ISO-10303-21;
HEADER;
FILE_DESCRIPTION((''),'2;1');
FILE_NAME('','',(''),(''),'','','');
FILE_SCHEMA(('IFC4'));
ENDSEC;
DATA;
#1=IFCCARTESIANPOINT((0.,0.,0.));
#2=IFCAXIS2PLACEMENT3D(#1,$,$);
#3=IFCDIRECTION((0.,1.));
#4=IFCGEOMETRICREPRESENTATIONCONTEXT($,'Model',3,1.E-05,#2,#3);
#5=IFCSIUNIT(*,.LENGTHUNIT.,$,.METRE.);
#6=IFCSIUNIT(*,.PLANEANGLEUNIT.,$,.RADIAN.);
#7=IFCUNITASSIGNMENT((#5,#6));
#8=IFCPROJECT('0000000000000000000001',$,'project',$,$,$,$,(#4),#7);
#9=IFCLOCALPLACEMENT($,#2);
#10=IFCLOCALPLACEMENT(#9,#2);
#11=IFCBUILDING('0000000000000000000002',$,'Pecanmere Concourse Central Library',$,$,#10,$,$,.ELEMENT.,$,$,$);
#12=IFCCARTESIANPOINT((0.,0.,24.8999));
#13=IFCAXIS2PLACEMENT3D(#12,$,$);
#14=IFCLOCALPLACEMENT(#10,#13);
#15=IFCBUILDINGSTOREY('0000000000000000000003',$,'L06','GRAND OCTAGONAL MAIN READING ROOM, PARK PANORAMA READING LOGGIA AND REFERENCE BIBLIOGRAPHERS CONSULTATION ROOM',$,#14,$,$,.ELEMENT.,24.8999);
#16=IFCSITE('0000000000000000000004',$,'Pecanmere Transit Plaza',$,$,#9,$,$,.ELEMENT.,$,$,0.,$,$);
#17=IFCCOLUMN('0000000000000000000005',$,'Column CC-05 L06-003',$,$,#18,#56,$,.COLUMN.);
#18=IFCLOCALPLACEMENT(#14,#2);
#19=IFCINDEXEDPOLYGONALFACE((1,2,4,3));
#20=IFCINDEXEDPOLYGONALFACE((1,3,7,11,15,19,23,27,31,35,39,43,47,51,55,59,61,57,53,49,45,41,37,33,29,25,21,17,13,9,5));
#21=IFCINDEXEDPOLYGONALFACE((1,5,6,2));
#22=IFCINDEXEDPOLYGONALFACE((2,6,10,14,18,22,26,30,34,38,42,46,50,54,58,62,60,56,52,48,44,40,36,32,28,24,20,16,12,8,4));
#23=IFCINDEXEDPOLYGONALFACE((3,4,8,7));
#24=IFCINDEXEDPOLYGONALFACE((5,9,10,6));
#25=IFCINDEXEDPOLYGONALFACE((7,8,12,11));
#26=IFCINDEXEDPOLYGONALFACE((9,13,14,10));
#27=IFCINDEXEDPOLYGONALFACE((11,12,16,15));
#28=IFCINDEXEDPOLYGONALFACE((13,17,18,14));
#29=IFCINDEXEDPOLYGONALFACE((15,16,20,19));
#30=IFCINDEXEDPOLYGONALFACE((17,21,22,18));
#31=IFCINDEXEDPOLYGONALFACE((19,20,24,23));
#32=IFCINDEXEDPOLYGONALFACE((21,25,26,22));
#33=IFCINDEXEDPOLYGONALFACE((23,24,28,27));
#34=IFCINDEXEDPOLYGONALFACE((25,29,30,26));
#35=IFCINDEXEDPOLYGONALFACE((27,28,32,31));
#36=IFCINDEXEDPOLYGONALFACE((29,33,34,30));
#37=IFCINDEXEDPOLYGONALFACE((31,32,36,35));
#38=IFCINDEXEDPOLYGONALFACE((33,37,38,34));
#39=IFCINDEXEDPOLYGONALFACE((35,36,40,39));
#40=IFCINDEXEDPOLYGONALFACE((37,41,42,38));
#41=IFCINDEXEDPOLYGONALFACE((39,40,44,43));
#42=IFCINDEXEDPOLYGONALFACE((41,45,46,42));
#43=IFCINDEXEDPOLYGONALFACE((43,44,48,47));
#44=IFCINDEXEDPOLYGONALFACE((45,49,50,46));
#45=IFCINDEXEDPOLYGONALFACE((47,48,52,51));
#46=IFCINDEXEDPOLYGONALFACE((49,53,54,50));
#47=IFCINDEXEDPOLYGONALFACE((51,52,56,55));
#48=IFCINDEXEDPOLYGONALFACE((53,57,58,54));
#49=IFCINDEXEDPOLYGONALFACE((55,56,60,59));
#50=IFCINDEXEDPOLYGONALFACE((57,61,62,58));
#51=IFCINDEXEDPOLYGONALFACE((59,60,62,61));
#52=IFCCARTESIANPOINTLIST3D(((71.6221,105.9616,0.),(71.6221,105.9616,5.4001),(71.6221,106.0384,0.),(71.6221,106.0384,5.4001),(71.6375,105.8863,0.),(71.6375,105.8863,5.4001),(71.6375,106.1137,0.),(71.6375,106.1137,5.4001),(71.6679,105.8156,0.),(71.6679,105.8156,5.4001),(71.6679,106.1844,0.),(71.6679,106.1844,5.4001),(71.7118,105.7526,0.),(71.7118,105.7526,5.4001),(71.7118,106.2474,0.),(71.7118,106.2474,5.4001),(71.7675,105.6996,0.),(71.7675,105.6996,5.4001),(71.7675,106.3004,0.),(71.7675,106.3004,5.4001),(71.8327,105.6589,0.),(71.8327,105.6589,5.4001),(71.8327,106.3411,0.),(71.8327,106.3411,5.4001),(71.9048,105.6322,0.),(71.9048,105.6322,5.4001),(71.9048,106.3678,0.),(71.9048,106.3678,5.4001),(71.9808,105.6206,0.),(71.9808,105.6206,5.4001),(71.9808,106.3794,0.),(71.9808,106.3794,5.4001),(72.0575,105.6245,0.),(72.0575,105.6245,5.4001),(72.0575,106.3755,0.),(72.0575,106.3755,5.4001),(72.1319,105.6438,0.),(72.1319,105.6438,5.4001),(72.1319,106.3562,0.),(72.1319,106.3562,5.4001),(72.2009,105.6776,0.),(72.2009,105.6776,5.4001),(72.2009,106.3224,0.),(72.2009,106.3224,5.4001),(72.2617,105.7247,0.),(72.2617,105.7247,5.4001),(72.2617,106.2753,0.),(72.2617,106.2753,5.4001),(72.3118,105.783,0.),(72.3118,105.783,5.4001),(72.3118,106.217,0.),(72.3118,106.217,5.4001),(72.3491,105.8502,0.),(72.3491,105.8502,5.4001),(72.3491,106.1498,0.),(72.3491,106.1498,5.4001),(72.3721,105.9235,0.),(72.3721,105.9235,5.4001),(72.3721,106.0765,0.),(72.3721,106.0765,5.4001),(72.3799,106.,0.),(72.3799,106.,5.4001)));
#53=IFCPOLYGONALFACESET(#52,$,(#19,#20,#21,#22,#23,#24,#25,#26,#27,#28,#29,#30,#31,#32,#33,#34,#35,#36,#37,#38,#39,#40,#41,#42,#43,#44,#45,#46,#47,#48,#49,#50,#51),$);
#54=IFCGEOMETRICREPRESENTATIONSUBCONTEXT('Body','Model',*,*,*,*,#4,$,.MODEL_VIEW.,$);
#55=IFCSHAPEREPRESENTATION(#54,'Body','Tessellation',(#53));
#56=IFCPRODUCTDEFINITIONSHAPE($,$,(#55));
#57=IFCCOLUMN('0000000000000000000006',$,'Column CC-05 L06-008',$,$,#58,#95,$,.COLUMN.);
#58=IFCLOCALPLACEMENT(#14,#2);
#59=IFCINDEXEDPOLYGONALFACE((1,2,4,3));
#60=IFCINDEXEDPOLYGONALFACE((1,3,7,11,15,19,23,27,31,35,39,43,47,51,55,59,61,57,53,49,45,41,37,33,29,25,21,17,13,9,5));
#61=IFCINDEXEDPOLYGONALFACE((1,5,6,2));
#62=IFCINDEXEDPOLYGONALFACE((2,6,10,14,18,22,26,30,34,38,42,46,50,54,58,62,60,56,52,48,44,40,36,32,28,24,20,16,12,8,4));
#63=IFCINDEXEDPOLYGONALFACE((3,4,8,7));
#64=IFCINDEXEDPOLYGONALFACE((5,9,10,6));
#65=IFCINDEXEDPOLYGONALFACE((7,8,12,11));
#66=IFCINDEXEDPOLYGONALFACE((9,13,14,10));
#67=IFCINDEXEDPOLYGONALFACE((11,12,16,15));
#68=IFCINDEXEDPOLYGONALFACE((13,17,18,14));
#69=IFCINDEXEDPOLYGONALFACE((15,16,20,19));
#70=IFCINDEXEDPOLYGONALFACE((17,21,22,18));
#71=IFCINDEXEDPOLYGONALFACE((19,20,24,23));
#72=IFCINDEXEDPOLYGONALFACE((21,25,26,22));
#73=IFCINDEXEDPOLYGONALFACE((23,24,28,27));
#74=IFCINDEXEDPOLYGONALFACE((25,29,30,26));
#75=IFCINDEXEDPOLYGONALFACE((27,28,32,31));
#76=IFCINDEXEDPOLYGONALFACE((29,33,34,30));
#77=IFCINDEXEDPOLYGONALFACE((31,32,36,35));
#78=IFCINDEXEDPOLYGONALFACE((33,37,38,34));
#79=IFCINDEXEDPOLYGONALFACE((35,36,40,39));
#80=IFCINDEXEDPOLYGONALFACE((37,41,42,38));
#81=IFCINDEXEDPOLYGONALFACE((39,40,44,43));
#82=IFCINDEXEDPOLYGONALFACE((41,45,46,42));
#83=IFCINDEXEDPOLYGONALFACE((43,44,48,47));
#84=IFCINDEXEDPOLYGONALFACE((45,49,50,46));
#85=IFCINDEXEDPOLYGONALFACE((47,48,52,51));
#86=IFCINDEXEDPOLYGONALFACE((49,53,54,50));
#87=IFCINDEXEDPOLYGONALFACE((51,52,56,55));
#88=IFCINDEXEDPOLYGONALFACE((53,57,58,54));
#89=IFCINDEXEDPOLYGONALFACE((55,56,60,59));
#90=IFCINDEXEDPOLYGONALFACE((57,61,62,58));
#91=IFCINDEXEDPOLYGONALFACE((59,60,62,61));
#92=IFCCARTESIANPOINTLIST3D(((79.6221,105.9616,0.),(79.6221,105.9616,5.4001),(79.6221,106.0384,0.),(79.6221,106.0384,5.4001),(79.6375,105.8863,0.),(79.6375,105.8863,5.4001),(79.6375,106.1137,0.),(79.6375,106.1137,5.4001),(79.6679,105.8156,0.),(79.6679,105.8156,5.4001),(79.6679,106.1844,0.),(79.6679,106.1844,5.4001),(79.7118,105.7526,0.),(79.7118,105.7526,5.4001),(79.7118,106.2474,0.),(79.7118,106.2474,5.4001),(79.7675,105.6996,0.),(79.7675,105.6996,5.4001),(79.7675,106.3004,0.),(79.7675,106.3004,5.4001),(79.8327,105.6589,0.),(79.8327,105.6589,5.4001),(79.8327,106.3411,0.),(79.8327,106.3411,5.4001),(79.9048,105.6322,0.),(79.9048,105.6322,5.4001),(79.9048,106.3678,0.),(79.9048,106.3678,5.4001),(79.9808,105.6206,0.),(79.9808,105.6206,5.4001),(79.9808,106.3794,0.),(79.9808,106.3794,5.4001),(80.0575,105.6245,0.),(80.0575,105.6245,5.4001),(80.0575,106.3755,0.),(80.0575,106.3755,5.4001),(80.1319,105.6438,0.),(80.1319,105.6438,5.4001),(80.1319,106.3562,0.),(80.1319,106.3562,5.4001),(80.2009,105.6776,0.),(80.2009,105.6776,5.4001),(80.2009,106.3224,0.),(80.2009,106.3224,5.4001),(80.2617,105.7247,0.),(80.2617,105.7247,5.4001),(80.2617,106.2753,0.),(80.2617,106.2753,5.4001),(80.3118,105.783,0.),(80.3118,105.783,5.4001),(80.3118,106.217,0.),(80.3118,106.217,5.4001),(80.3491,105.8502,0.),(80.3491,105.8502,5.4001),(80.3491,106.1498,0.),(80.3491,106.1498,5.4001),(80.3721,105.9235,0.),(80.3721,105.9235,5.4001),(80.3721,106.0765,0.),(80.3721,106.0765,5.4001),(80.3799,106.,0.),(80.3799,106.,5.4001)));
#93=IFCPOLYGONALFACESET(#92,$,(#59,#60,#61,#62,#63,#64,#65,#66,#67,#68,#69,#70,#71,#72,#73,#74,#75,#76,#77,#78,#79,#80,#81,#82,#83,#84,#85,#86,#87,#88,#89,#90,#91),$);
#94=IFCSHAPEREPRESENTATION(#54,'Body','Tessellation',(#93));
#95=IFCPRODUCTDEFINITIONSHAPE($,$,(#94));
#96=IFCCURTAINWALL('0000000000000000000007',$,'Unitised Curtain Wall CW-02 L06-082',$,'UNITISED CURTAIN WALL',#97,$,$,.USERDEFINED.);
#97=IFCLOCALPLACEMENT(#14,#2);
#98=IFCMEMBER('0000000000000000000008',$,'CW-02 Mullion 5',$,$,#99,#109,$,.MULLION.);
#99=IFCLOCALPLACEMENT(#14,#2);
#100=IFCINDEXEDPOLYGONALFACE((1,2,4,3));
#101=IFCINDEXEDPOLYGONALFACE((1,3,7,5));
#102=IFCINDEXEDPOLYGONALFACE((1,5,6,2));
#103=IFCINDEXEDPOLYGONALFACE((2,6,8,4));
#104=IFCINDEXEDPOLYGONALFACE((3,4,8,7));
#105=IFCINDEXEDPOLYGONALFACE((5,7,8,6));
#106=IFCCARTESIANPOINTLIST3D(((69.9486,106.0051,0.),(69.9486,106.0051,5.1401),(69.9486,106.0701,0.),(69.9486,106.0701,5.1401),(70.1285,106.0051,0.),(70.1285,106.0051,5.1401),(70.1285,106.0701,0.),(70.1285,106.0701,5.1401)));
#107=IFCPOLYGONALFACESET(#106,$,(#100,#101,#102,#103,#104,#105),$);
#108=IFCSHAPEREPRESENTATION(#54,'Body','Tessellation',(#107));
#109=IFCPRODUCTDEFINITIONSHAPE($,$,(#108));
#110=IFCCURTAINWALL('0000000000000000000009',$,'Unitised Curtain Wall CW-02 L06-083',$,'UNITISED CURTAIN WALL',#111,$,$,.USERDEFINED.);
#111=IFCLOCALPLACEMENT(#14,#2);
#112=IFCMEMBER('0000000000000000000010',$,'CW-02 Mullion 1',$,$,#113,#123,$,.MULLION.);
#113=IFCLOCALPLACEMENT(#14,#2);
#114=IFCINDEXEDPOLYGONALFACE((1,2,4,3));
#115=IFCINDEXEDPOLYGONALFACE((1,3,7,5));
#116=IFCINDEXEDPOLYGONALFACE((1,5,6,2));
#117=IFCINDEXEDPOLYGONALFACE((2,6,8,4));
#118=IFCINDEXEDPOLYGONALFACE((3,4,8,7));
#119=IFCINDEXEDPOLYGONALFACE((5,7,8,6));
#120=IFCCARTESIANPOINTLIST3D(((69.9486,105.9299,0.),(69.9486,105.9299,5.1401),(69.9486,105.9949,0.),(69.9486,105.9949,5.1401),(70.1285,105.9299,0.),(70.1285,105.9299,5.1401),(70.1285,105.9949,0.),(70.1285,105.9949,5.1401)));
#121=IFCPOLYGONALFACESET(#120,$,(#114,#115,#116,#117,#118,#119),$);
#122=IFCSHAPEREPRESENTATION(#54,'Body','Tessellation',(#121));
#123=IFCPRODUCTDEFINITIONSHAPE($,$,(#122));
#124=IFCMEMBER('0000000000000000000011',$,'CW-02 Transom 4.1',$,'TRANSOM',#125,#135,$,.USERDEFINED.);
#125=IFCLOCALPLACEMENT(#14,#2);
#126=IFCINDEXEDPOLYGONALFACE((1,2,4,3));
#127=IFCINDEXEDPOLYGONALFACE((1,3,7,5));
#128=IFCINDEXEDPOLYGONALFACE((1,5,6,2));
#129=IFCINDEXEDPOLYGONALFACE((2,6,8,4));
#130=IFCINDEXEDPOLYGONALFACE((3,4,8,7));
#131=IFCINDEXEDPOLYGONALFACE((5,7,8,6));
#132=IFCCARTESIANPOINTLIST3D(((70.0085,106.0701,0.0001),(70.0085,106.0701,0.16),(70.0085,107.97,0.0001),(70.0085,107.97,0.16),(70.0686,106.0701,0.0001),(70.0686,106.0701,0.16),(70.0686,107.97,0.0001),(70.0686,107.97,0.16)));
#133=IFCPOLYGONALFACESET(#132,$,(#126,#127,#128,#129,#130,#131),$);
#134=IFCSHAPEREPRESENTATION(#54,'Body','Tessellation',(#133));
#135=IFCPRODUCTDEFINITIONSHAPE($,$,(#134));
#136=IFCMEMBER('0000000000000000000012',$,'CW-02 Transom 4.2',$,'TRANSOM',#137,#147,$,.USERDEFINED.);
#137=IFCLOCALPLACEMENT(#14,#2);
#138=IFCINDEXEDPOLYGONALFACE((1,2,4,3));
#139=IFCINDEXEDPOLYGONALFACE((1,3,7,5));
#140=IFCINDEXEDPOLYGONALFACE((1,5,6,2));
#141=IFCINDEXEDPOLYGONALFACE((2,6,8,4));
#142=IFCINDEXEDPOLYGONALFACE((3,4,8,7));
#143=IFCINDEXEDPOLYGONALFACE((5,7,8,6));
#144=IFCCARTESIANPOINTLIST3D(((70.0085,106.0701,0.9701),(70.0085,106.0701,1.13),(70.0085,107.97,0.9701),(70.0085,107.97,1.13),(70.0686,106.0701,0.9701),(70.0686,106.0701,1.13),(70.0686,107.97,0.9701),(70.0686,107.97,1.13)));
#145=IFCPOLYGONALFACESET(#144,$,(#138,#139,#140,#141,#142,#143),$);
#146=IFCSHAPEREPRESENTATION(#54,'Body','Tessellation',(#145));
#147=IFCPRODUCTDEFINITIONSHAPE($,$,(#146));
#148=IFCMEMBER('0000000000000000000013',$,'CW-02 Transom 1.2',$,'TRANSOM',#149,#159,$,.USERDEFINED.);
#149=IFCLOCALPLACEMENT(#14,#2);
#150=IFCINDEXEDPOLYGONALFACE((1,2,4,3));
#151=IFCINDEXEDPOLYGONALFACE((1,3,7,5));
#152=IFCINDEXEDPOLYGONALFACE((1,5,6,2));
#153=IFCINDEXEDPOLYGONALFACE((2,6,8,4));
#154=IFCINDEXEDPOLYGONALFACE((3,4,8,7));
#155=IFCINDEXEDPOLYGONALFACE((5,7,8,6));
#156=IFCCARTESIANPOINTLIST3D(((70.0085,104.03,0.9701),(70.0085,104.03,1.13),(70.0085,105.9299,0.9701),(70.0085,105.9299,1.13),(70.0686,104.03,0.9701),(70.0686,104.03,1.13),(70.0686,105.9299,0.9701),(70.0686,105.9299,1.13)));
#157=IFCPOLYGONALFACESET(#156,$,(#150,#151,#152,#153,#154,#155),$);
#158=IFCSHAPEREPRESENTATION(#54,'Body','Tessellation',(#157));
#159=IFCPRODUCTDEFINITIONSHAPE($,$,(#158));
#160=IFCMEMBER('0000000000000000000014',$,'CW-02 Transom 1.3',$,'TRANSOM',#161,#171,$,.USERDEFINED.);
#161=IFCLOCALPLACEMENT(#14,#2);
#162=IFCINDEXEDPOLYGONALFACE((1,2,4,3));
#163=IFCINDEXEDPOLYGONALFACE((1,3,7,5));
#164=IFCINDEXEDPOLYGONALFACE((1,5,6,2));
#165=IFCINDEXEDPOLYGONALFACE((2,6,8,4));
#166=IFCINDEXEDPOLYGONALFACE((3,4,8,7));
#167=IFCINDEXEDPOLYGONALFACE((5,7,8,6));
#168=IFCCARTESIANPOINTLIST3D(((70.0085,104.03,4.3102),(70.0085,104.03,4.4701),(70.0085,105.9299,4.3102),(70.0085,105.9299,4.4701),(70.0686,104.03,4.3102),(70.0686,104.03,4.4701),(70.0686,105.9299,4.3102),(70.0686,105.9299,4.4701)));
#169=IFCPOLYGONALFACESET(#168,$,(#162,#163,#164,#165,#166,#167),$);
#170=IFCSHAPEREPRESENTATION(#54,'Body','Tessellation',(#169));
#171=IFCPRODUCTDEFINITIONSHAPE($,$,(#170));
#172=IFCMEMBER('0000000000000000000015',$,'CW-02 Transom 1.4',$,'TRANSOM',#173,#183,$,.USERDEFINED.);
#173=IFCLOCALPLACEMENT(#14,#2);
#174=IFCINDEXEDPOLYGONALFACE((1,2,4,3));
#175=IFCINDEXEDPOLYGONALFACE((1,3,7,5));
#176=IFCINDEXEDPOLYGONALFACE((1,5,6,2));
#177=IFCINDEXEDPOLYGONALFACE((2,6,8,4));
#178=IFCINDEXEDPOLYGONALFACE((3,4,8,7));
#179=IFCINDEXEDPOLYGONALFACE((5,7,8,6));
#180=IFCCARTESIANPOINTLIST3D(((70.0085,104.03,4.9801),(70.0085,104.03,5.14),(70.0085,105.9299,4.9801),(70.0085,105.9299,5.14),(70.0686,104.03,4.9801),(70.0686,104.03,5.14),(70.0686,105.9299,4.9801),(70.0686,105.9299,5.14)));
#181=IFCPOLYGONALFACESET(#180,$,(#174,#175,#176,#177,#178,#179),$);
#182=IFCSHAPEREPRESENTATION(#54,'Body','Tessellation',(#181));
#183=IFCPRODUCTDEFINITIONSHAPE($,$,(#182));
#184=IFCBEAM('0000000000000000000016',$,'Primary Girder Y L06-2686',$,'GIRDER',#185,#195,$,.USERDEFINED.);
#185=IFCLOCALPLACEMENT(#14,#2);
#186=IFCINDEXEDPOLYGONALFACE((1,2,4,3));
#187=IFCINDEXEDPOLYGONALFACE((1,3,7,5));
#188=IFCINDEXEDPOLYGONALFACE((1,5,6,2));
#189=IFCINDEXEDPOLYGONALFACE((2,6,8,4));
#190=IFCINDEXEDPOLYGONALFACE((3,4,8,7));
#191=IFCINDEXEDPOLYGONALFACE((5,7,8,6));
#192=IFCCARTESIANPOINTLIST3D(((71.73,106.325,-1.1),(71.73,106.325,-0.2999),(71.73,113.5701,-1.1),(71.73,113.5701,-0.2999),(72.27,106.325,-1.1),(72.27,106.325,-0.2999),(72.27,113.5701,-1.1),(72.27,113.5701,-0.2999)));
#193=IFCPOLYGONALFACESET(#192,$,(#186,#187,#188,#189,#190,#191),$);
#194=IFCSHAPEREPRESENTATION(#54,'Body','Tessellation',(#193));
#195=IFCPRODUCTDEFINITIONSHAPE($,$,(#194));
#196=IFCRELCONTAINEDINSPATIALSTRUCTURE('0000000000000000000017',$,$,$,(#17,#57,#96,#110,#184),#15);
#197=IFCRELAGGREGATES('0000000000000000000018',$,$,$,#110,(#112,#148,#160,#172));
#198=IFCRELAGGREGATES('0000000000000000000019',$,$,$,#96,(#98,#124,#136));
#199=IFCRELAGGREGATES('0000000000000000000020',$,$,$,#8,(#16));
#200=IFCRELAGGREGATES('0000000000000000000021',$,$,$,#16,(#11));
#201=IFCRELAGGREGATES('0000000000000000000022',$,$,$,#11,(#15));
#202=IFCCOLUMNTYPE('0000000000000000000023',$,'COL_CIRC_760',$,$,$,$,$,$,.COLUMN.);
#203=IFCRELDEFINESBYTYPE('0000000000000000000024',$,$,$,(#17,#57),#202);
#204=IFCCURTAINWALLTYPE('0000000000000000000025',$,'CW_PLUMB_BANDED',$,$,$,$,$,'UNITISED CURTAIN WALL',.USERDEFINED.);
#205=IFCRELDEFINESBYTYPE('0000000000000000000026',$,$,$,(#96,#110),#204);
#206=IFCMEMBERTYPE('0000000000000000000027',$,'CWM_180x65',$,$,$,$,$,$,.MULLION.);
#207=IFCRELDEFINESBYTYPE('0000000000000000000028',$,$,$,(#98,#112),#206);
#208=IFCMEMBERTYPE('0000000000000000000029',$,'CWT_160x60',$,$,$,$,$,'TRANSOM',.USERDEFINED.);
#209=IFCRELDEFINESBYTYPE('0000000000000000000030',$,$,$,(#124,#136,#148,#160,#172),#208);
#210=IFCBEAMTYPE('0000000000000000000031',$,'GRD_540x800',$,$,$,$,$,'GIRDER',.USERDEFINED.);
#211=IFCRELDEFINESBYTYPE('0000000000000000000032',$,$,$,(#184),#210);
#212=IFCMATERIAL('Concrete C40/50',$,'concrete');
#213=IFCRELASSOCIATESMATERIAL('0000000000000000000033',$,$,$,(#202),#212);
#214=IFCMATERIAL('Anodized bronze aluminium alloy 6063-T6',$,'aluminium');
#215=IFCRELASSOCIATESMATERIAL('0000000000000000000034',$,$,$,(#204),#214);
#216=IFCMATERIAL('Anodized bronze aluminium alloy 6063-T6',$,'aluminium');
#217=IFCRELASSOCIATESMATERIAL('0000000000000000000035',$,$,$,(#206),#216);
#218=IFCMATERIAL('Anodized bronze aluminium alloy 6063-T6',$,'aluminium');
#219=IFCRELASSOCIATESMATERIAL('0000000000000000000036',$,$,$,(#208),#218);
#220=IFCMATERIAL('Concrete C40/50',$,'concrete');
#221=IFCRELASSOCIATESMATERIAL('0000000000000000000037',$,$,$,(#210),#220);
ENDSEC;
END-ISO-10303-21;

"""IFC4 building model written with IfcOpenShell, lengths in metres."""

from ifc_helpers import new_model, si_unit, direction, frame, origin, origin_2d, place, context, subcontext, project, spatial, rectangle, circle, extrude, material, material_profile, profile_set, type_object, element, aggregate, save


model = new_model("IFC4")

# Units and contexts
model_context = context("Model", 3, precision=1e-05, world=origin(), true_north=direction((0.0, 1.0)))
body_context = subcontext(model_context, "Body", "Model", "MODEL_VIEW")
ifc_project = project(units=[si_unit("LENGTHUNIT", "METRE"), si_unit("PLANEANGLEUNIT", "RADIAN")], contexts=[model_context])

# Site, building, storey
site_placement = place(None, origin())
site = spatial("IfcSite", under=ifc_project, at=site_placement, Name="Pecanmere Transit Plaza", CompositionType="ELEMENT", RefElevation=0.0)
building_placement = place(site_placement, origin())
building = spatial("IfcBuilding", under=site, at=building_placement, Name="Pecanmere Concourse Central Library", CompositionType="ELEMENT")
storey_placement = place(building_placement, frame((0.0, 0.0, 24.8999)))
storey = spatial("IfcBuildingStorey", under=building, at=storey_placement, Name="L06", Description="GRAND OCTAGONAL MAIN READING ROOM, PARK PANORAMA READING LOGGIA AND REFERENCE BIBLIOGRAPHERS CONSULTATION ROOM", CompositionType="ELEMENT", Elevation=24.8999)

# Columns
ifc_material_1 = material(Name="Concrete C40/50", Category="concrete")
ifc_material_profile_1 = material_profile(ifc_material_1, circle(Radius=0.3799, at=origin_2d()), Name="RC D760")
ifc_profile_set_1 = profile_set([ifc_material_profile_1], Name="Concrete C40/50")
column_type = type_object("IfcColumnType", Name="COL_CIRC_760", PredefinedType="COLUMN", material=ifc_profile_set_1)
for number, where, z_axis, x_axis, name in (
    (1, (72.0, 106.0, 0.0), (0.0, 0.0, 1.0), (1.0, 0.0, 0.0), "Column CC-05 L06-003"),
    (2, (80.0, 106.0, 0.0), (0.0, 0.0, 1.0), (1.0, 0.0, 0.0), "Column CC-05 L06-008"),
):
    element("IfcColumn", number, at=place(storey_placement, frame(where, z_axis=z_axis, x_axis=x_axis)), inside=storey, type_object=column_type, Name=name, PredefinedType="COLUMN", context=body_context, shape_type="SweptSolid", body=[
        extrude(circle(Radius=0.3799, at=origin_2d()), origin(), (0.0, 0.0, 1.0), 5.4001),
    ])

# Curtain walls, members
ifc_material_2 = material(Name="Anodized bronze aluminium alloy 6063-T6", Category="aluminium")
curtain_wall_type = type_object("IfcCurtainWallType", Name="CW_PLUMB_BANDED", ElementType="UNITISED CURTAIN WALL", PredefinedType="USERDEFINED", material=ifc_material_2)
curtain_wall_1_placement = place(storey_placement, origin())
curtain_wall_1 = element("IfcCurtainWall", 3, at=curtain_wall_1_placement, inside=storey, type_object=curtain_wall_type, Name="Unitised Curtain Wall CW-02 L06-082", ObjectType="UNITISED CURTAIN WALL", PredefinedType="USERDEFINED")
ifc_material_3 = material(Name="Anodized bronze aluminium alloy 6063-T6", Category="aluminium")
ifc_material_profile_2 = material_profile(ifc_material_3, rectangle(XDim=0.0649, YDim=0.1799, at=origin_2d()), Name="AL 65x180")
ifc_profile_set_2 = profile_set([ifc_material_profile_2], Name="Anodized bronze aluminium alloy 6063-T6")
member_type_1 = type_object("IfcMemberType", Name="CWM_180x65", PredefinedType="MULLION", material=ifc_profile_set_2)
member_1_placement = place(storey_placement, frame((70.0386, 106.0376, 0.0), z_axis=(0.0, 0.0, 1.0), x_axis=(0.0, -1.0, 0.0)))
member_1 = element("IfcMember", 4, at=member_1_placement, type_object=member_type_1, Name="CW-02 Mullion 5", PredefinedType="MULLION", context=body_context, shape_type="SweptSolid", body=[
    extrude(rectangle(XDim=0.0649, YDim=0.1799, at=origin_2d()), origin(), (0.0, 0.0, 1.0), 5.1401),
])
curtain_wall_2_placement = place(storey_placement, origin())
curtain_wall_2 = element("IfcCurtainWall", 5, at=curtain_wall_2_placement, inside=storey, type_object=curtain_wall_type, Name="Unitised Curtain Wall CW-02 L06-083", ObjectType="UNITISED CURTAIN WALL", PredefinedType="USERDEFINED")
member_2_placement = place(storey_placement, frame((70.0386, 105.9624, 0.0), z_axis=(0.0, 0.0, 1.0), x_axis=(0.0, -1.0, 0.0)))
member_2 = element("IfcMember", 6, at=member_2_placement, type_object=member_type_1, Name="CW-02 Mullion 1", PredefinedType="MULLION", context=body_context, shape_type="SweptSolid", body=[
    extrude(rectangle(XDim=0.0649, YDim=0.1799, at=origin_2d()), origin(), (0.0, 0.0, 1.0), 5.1401),
])

# Members
ifc_material_4 = material(Name="Anodized bronze aluminium alloy 6063-T6", Category="aluminium")
ifc_material_profile_3 = material_profile(ifc_material_4, rectangle(XDim=0.0601, YDim=0.1599, at=origin_2d()), Name="AL 60x160")
ifc_profile_set_3 = profile_set([ifc_material_profile_3], Name="Anodized bronze aluminium alloy 6063-T6")
member_type_2 = type_object("IfcMemberType", Name="CWT_160x60", ElementType="TRANSOM", PredefinedType="USERDEFINED", material=ifc_profile_set_3)
member_3_placement = place(storey_placement, frame((70.0386, 107.97, 0.0801), z_axis=(0.0, -1.0, 0.0), x_axis=(1.0, 0.0, 0.0)))
member_3 = element("IfcMember", 7, at=member_3_placement, type_object=member_type_2, Name="CW-02 Transom 4.1", ObjectType="TRANSOM", PredefinedType="USERDEFINED", context=body_context, shape_type="SweptSolid", body=[
    extrude(rectangle(XDim=0.0601, YDim=0.1599, at=origin_2d()), origin(), (0.0, 0.0, 1.0), 1.8999),
])
member_4_placement = place(storey_placement, frame((70.0386, 107.97, 1.05), z_axis=(0.0, -1.0, 0.0), x_axis=(1.0, 0.0, 0.0)))
member_4 = element("IfcMember", 8, at=member_4_placement, type_object=member_type_2, Name="CW-02 Transom 4.2", ObjectType="TRANSOM", PredefinedType="USERDEFINED", context=body_context, shape_type="SweptSolid", body=[
    extrude(rectangle(XDim=0.0601, YDim=0.1599, at=origin_2d()), origin(), (0.0, 0.0, 1.0), 1.8999),
])
member_5_placement = place(storey_placement, frame((70.0386, 105.9299, 1.05), z_axis=(0.0, -1.0, 0.0), x_axis=(1.0, 0.0, 0.0)))
member_5 = element("IfcMember", 9, at=member_5_placement, type_object=member_type_2, Name="CW-02 Transom 1.2", ObjectType="TRANSOM", PredefinedType="USERDEFINED", context=body_context, shape_type="SweptSolid", body=[
    extrude(rectangle(XDim=0.0601, YDim=0.1599, at=origin_2d()), origin(), (0.0, 0.0, 1.0), 1.8999),
])
member_6_placement = place(storey_placement, frame((70.0386, 105.9299, 4.3901), z_axis=(0.0, -1.0, 0.0), x_axis=(1.0, 0.0, 0.0)))
member_6 = element("IfcMember", 10, at=member_6_placement, type_object=member_type_2, Name="CW-02 Transom 1.3", ObjectType="TRANSOM", PredefinedType="USERDEFINED", context=body_context, shape_type="SweptSolid", body=[
    extrude(rectangle(XDim=0.0601, YDim=0.1599, at=origin_2d()), origin(), (0.0, 0.0, 1.0), 1.8999),
])
member_7_placement = place(storey_placement, frame((70.0386, 105.9299, 5.0601), z_axis=(0.0, -1.0, 0.0), x_axis=(1.0, 0.0, 0.0)))
member_7 = element("IfcMember", 11, at=member_7_placement, type_object=member_type_2, Name="CW-02 Transom 1.4", ObjectType="TRANSOM", PredefinedType="USERDEFINED", context=body_context, shape_type="SweptSolid", body=[
    extrude(rectangle(XDim=0.0601, YDim=0.1599, at=origin_2d()), origin(), (0.0, 0.0, 1.0), 1.8999),
])
aggregate(curtain_wall_2, [member_2, member_5, member_6, member_7])

# Beam
ifc_material_5 = material(Name="Concrete C40/50", Category="concrete")
ifc_material_profile_4 = material_profile(ifc_material_5, rectangle(XDim=0.54, YDim=0.8, at=origin_2d()), Name="RC 540x800")
ifc_profile_set_4 = profile_set([ifc_material_profile_4], Name="Concrete C40/50")
beam_type_1 = type_object("IfcBeamType", Name="GRD_540x800", ElementType="GIRDER", PredefinedType="USERDEFINED", material=ifc_profile_set_4)
beam_1_placement = place(storey_placement, frame((72.0, 106.325, -0.7), z_axis=(0.0, 1.0, 0.0), x_axis=(-1.0, 0.0, 0.0)))
element("IfcBeam", 12, at=beam_1_placement, inside=storey, type_object=beam_type_1, Name="Primary Girder Y L06-2686", ObjectType="GIRDER", PredefinedType="USERDEFINED", context=body_context, shape_type="SweptSolid", body=[
    extrude(rectangle(XDim=0.54, YDim=0.8, at=origin_2d()), origin(), (0.0, 0.0, 1.0), 7.2451),
])

aggregate(curtain_wall_1, [member_1, member_3, member_4])

save(model, "model.ifc")
